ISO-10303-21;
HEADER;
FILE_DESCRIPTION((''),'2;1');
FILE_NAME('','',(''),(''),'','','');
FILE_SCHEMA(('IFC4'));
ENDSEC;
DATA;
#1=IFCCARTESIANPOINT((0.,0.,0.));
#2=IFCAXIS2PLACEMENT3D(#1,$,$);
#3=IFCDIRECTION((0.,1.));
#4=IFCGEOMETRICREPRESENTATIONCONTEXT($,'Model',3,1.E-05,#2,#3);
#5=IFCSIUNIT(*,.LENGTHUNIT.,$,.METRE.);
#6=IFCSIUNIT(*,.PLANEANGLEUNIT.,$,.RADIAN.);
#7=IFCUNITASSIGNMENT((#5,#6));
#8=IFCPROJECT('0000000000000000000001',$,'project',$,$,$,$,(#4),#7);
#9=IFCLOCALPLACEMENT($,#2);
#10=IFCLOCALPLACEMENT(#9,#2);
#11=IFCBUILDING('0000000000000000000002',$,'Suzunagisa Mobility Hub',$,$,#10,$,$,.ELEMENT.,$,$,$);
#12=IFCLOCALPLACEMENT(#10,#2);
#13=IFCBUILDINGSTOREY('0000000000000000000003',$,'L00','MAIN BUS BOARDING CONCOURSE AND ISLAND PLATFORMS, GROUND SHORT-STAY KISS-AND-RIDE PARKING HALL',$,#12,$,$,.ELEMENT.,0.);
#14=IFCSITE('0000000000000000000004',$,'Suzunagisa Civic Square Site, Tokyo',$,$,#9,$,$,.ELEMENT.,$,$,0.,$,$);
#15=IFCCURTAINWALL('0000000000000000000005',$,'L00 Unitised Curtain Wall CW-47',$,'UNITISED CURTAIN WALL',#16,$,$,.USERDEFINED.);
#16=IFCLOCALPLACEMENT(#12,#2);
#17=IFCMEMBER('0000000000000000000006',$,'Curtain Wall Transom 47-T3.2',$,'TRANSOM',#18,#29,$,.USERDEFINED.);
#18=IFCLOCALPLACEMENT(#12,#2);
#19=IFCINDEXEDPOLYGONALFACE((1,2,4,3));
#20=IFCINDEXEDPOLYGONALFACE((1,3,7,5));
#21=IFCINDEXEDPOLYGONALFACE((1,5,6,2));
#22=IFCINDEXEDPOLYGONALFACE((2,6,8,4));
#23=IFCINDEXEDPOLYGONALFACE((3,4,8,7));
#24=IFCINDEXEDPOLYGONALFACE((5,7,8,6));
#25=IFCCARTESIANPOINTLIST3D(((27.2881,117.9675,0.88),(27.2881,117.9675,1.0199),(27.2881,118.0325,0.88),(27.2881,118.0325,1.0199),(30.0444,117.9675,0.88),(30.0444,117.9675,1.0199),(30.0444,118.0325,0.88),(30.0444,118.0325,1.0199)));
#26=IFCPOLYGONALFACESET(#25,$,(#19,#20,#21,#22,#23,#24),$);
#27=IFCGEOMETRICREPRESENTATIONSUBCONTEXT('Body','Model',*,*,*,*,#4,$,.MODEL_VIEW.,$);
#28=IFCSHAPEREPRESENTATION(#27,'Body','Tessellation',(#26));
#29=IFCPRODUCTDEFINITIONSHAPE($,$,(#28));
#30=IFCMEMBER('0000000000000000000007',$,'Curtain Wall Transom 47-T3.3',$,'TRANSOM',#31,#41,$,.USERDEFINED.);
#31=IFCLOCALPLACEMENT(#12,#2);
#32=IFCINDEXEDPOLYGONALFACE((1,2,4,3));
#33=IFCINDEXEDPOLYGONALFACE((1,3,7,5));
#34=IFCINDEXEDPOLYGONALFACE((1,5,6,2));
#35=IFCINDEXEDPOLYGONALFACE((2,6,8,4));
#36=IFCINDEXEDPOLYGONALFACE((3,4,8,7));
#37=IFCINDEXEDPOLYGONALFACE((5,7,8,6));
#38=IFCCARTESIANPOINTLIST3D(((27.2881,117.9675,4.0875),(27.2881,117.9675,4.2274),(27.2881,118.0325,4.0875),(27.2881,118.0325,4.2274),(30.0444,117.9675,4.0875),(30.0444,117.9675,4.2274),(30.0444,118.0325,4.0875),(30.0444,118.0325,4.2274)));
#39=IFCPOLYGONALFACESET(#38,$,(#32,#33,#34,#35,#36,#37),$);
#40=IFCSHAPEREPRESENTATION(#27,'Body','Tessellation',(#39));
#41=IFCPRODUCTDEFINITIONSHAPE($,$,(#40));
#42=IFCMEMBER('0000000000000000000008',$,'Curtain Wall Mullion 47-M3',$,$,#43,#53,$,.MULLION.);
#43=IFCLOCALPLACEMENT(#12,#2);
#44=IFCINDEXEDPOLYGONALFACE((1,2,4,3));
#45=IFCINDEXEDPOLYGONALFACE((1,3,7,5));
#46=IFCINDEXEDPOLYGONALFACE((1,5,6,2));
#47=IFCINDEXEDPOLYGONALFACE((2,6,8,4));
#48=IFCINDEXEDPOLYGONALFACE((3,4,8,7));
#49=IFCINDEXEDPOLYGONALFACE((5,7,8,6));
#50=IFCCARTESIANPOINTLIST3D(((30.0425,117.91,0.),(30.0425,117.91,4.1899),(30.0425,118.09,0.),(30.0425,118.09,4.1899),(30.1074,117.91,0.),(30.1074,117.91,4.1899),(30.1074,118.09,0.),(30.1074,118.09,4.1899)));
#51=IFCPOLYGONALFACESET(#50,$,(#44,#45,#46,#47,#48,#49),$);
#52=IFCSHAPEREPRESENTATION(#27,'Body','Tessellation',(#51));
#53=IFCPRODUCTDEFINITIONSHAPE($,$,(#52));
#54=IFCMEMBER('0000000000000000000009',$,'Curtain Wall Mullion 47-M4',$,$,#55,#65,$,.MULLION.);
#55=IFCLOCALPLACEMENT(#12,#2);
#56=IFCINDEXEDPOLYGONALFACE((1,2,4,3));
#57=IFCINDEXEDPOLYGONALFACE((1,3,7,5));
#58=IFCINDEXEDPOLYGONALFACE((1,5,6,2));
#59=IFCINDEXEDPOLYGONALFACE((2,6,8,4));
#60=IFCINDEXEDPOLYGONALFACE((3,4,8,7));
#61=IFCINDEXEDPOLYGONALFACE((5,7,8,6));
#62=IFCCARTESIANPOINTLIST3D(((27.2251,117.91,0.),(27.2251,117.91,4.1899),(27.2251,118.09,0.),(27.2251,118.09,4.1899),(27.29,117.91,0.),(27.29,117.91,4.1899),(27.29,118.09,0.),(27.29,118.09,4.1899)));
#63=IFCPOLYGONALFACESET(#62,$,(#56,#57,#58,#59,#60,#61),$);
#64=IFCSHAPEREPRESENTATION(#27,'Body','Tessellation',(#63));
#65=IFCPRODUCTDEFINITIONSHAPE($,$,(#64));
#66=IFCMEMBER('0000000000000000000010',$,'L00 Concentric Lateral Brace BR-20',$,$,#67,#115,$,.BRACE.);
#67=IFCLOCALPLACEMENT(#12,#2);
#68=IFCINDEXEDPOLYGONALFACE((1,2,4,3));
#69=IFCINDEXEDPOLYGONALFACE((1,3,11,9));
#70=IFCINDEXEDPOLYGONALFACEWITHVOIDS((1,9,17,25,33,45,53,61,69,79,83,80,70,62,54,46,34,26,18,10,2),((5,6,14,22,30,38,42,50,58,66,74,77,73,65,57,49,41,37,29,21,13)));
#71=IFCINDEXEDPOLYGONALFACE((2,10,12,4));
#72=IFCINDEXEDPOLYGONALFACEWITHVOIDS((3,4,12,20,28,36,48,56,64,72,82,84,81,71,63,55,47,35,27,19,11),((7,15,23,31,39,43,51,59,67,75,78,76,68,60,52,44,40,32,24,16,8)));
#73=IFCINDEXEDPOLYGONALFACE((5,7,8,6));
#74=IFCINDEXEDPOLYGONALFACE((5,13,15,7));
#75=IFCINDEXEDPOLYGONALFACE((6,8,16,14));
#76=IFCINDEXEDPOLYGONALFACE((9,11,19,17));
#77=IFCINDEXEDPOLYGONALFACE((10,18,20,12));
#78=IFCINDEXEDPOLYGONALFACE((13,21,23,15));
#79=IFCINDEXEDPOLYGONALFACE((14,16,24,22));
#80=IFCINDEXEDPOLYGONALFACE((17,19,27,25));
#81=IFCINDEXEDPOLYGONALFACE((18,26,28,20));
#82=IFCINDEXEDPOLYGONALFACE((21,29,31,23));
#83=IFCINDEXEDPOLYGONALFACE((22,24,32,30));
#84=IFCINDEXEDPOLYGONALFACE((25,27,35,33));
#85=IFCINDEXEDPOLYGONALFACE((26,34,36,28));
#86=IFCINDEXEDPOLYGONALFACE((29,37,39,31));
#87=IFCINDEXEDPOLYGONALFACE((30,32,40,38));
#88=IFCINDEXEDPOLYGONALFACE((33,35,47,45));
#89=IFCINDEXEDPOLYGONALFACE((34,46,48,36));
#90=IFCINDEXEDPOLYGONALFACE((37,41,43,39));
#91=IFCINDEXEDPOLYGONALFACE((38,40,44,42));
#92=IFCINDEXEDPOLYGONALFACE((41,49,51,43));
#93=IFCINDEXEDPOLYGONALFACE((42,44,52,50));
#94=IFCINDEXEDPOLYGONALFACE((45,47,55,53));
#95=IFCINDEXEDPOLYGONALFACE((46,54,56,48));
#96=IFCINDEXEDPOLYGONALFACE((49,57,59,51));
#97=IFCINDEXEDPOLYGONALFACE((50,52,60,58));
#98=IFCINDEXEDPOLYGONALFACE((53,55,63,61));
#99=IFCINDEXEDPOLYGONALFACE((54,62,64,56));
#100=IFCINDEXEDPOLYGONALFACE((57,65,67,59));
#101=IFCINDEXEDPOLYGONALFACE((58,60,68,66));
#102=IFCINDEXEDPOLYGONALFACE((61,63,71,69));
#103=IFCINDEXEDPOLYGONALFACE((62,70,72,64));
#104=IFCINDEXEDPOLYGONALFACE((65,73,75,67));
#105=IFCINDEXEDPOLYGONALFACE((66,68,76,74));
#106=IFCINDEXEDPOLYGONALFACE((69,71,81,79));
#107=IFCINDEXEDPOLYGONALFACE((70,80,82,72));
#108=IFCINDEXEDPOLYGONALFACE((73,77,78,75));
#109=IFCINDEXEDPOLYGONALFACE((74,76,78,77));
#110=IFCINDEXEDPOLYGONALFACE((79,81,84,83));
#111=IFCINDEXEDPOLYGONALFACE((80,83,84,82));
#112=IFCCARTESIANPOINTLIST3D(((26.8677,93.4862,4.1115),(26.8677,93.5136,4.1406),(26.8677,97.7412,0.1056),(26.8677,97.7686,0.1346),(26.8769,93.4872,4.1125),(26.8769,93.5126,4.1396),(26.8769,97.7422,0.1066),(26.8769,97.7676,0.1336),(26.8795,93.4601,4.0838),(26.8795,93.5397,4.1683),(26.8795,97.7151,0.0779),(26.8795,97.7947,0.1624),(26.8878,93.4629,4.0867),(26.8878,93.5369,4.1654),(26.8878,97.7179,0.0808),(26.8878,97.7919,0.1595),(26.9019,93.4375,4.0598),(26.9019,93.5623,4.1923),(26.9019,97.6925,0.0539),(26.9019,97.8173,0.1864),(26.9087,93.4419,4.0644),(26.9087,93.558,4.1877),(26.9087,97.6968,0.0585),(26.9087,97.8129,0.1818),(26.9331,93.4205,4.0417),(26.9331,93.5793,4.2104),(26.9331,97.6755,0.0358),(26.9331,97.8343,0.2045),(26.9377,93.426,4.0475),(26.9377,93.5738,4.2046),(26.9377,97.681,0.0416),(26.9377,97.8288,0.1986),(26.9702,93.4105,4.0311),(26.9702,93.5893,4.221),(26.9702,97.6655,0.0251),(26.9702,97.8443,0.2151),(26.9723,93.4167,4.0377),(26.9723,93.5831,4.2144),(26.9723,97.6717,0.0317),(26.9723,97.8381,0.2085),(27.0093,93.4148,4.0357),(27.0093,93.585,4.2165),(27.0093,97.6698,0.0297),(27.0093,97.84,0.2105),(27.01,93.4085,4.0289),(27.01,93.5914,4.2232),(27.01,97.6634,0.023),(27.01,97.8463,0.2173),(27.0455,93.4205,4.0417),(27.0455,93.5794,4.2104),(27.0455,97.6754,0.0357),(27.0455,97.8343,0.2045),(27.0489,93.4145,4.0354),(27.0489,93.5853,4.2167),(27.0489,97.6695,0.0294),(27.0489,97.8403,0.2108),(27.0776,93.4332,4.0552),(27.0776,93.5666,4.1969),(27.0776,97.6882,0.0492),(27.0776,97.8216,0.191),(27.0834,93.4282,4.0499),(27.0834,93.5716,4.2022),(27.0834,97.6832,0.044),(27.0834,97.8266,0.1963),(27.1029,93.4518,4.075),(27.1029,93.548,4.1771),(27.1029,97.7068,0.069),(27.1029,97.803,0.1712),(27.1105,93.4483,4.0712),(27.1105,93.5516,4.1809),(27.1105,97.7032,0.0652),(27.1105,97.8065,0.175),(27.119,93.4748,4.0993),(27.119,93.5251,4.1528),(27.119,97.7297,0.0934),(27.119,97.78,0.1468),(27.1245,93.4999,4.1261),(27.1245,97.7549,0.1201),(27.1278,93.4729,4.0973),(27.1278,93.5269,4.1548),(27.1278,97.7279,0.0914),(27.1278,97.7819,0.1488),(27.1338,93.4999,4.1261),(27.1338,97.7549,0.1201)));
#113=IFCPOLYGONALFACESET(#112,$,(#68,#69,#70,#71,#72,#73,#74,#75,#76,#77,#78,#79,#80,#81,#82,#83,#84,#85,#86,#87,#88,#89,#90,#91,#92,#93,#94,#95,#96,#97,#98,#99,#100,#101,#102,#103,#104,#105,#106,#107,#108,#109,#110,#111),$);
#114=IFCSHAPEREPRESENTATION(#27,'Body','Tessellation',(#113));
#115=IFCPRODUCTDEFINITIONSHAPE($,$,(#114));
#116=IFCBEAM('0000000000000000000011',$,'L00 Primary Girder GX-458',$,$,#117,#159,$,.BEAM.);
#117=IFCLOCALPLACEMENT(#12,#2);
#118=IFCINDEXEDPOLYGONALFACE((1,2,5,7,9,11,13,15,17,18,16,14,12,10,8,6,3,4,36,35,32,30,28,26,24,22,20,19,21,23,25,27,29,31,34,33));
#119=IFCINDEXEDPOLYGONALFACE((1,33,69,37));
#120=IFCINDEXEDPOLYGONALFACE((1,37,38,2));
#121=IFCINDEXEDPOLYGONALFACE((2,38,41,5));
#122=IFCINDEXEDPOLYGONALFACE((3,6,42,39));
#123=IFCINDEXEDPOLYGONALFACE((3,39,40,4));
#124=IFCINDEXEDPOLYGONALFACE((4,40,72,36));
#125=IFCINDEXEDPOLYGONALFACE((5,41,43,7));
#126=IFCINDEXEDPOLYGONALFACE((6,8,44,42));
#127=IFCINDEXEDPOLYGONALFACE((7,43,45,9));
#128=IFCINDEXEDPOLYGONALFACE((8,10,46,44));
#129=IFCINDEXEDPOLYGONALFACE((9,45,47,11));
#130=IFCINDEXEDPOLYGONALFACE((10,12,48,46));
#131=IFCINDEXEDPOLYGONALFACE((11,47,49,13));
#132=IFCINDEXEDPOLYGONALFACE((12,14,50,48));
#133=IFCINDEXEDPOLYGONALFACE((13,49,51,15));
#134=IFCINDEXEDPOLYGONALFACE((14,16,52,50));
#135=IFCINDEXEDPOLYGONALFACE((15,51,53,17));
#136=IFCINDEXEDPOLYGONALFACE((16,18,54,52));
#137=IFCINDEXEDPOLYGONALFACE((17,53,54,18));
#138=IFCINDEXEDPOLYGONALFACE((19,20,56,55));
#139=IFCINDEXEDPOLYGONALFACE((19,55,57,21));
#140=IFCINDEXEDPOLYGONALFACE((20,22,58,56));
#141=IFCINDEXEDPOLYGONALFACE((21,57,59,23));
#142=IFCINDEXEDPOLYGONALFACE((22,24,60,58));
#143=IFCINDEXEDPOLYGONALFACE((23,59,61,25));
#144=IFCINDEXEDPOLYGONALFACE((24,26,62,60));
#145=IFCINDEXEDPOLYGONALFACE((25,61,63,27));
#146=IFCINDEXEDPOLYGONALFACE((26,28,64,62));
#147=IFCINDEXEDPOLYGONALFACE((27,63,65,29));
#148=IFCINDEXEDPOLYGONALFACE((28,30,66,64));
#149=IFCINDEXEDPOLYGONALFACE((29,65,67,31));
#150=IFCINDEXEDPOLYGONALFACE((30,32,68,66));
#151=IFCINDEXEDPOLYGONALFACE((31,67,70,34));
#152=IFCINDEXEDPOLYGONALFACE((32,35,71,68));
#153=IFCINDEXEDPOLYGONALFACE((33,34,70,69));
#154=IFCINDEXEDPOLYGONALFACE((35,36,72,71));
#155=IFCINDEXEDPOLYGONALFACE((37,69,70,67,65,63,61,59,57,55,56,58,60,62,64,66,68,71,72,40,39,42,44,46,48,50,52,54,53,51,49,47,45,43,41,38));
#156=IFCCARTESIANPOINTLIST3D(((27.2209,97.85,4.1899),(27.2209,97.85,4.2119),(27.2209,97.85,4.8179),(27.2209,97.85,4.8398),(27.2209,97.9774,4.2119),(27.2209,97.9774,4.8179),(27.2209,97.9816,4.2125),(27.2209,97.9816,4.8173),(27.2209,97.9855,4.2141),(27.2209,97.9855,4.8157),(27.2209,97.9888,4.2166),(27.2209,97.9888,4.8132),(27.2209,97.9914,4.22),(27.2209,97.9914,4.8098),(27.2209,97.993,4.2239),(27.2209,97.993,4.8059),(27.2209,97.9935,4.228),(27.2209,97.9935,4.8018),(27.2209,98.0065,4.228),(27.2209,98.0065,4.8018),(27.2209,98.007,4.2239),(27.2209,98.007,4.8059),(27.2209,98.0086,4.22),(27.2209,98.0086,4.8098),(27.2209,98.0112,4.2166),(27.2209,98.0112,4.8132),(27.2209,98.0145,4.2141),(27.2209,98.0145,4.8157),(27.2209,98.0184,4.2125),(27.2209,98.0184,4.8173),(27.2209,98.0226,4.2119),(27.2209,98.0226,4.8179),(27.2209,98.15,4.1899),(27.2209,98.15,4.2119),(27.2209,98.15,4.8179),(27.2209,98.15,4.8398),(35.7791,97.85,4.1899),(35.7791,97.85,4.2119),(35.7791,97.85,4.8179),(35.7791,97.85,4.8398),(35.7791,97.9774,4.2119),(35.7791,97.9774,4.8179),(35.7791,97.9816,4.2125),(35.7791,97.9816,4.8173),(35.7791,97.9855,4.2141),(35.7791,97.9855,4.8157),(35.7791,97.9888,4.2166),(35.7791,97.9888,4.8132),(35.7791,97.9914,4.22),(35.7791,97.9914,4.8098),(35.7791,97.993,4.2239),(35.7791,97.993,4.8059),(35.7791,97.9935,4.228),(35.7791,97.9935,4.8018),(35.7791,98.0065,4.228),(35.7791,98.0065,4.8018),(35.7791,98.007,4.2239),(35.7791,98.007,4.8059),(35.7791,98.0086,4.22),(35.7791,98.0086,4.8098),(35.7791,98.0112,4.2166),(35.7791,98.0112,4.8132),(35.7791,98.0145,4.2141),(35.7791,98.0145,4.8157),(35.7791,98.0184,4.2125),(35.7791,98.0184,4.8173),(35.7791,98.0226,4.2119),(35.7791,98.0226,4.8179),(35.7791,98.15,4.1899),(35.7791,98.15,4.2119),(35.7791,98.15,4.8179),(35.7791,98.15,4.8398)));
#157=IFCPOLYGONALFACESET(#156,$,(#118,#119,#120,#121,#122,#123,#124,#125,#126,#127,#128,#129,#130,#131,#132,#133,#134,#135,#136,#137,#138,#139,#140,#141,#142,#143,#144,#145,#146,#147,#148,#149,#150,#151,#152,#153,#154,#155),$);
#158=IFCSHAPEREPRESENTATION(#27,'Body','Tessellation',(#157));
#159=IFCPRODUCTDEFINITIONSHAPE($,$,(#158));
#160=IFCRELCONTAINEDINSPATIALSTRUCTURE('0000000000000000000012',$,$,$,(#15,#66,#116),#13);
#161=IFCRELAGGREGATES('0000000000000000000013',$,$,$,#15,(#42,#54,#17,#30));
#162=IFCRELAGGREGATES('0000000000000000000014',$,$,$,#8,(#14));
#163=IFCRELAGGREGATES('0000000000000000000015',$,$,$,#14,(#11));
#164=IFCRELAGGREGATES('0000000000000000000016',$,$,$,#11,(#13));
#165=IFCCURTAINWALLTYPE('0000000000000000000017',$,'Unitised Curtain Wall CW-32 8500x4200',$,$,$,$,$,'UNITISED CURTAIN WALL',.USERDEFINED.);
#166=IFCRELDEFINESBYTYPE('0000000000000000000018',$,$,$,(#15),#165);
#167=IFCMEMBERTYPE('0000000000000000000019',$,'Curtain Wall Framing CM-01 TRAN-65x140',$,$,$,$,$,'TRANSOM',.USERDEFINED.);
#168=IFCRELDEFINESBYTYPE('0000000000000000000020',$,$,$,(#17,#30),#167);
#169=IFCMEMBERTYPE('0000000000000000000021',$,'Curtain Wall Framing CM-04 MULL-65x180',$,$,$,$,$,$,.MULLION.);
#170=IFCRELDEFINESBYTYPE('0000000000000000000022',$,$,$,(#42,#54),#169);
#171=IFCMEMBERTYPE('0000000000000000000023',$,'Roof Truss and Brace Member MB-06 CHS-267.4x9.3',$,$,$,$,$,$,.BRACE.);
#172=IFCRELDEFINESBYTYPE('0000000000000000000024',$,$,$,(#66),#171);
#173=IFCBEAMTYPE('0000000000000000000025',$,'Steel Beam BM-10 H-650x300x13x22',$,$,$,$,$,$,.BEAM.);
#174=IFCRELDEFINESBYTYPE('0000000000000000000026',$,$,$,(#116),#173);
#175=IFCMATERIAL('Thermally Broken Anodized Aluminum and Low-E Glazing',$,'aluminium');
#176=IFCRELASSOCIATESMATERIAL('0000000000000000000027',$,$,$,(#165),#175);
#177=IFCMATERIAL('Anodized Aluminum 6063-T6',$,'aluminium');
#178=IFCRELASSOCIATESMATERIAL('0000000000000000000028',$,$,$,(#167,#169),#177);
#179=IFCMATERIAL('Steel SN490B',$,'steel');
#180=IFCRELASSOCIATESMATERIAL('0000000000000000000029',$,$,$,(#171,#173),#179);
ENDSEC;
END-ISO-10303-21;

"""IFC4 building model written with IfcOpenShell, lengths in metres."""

from ifc_helpers import new_model, si_unit, direction, frame, origin, origin_2d, place, context, subcontext, project, spatial, rectangle, hollow_circle, i_section, extrude, material, material_profile, profile_set, type_object, element, aggregate, save


model = new_model("IFC4")

# Units and contexts
model_context = context("Model", 3, precision=1e-05, world=origin(), true_north=direction((0.0, 1.0)))
body_context = subcontext(model_context, "Body", "Model", "MODEL_VIEW")
ifc_project = project(units=[si_unit("LENGTHUNIT", "METRE"), si_unit("PLANEANGLEUNIT", "RADIAN")], contexts=[model_context])

# Site, building, storey
site_placement = place(None, origin())
site = spatial("IfcSite", under=ifc_project, at=site_placement, Name="Suzunagisa Civic Square Site, Tokyo", CompositionType="ELEMENT", RefElevation=0.0)
building_placement = place(site_placement, origin())
building = spatial("IfcBuilding", under=site, at=building_placement, Name="Suzunagisa Mobility Hub", CompositionType="ELEMENT")
storey_placement = place(building_placement, origin())
storey = spatial("IfcBuildingStorey", under=building, at=storey_placement, Name="L00", Description="MAIN BUS BOARDING CONCOURSE AND ISLAND PLATFORMS, GROUND SHORT-STAY KISS-AND-RIDE PARKING HALL", CompositionType="ELEMENT", Elevation=0.0)

# Shared definitions
ifc_material_1 = material(Name="Steel SN490B", Category="steel")

# Curtain wall, members
ifc_material_2 = material(Name="Thermally Broken Anodized Aluminum and Low-E Glazing", Category="aluminium")
curtain_wall_type = type_object("IfcCurtainWallType", Name="Unitised Curtain Wall CW-32 8500x4200", ElementType="UNITISED CURTAIN WALL", PredefinedType="USERDEFINED", material=ifc_material_2)
curtain_wall_placement = place(storey_placement, origin())
curtain_wall = element("IfcCurtainWall", 1, at=curtain_wall_placement, inside=storey, type_object=curtain_wall_type, Name="L00 Unitised Curtain Wall CW-47", ObjectType="UNITISED CURTAIN WALL", PredefinedType="USERDEFINED")
ifc_material_3 = material(Name="Anodized Aluminum 6063-T6", Category="aluminium")
ifc_material_profile_1 = material_profile(ifc_material_3, rectangle(XDim=0.0649, YDim=0.1399, at=origin_2d()), Name="TRAN-65x140")
ifc_profile_set_1 = profile_set([ifc_material_profile_1], Name="Anodized Aluminum 6063-T6")
member_type_1 = type_object("IfcMemberType", Name="Curtain Wall Framing CM-01 TRAN-65x140", ElementType="TRANSOM", PredefinedType="USERDEFINED", material=ifc_profile_set_1)
member_1_placement = place(storey_placement, frame((30.0444, 118.0, 0.95), z_axis=(-1.0, 0.0, 0.0), x_axis=(0.0, -1.0, 0.0)))
member_1 = element("IfcMember", 2, at=member_1_placement, type_object=member_type_1, Name="Curtain Wall Transom 47-T3.2", ObjectType="TRANSOM", PredefinedType="USERDEFINED", context=body_context, shape_type="SweptSolid", body=[
    extrude(rectangle(XDim=0.0649, YDim=0.1399, at=origin_2d()), origin(), (0.0, 0.0, 1.0), 2.7563),
])
member_2_placement = place(storey_placement, frame((30.0444, 118.0, 4.1575), z_axis=(-1.0, 0.0, 0.0), x_axis=(0.0, -1.0, 0.0)))
member_2 = element("IfcMember", 3, at=member_2_placement, type_object=member_type_1, Name="Curtain Wall Transom 47-T3.3", ObjectType="TRANSOM", PredefinedType="USERDEFINED", context=body_context, shape_type="SweptSolid", body=[
    extrude(rectangle(XDim=0.0649, YDim=0.1399, at=origin_2d()), origin(), (0.0, 0.0, 1.0), 2.7563),
])
ifc_material_profile_2 = material_profile(ifc_material_3, rectangle(XDim=0.0649, YDim=0.1799, at=origin_2d()), Name="MULL-65x180")
ifc_profile_set_2 = profile_set([ifc_material_profile_2], Name="Anodized Aluminum 6063-T6")
member_type_2 = type_object("IfcMemberType", Name="Curtain Wall Framing CM-04 MULL-65x180", PredefinedType="MULLION", material=ifc_profile_set_2)
member_3_placement = place(storey_placement, frame((30.075, 118.0, 0.0), z_axis=(0.0, 0.0, 1.0), x_axis=(-1.0, 0.0, 0.0)))
member_3 = element("IfcMember", 4, at=member_3_placement, type_object=member_type_2, Name="Curtain Wall Mullion 47-M3", PredefinedType="MULLION", context=body_context, shape_type="SweptSolid", body=[
    extrude(rectangle(XDim=0.0649, YDim=0.1799, at=origin_2d()), origin(), (0.0, 0.0, 1.0), 4.1899),
])
member_4_placement = place(storey_placement, frame((27.2576, 118.0, 0.0), z_axis=(0.0, 0.0, 1.0), x_axis=(-1.0, 0.0, 0.0)))
member_4 = element("IfcMember", 5, at=member_4_placement, type_object=member_type_2, Name="Curtain Wall Mullion 47-M4", PredefinedType="MULLION", context=body_context, shape_type="SweptSolid", body=[
    extrude(rectangle(XDim=0.0649, YDim=0.1799, at=origin_2d()), origin(), (0.0, 0.0, 1.0), 4.1899),
])

# Member
ifc_material_profile_3 = material_profile(ifc_material_1, hollow_circle(Radius=0.1338, WallThickness=0.0093, at=origin_2d()), Name="CHS-267.4x9.3")
ifc_profile_set_3 = profile_set([ifc_material_profile_3], Name="Steel SN490B")
member_type_3 = type_object("IfcMemberType", Name="Roof Truss and Brace Member MB-06 CHS-267.4x9.3", PredefinedType="BRACE", material=ifc_profile_set_3)
member_5_placement = place(storey_placement, frame((27.0, 97.7549, 0.1201), z_axis=(0.0, -0.728092, 0.685479), x_axis=(1.0, 0.0, 0.0)))
element("IfcMember", 6, at=member_5_placement, inside=storey, type_object=member_type_3, Name="L00 Concentric Lateral Brace BR-20", PredefinedType="BRACE", context=body_context, shape_type="SweptSolid", body=[
    extrude(hollow_circle(Radius=0.1338, WallThickness=0.0093, at=origin_2d()), origin(), (0.0, 0.0, 1.0), 5.844),
])

# Beam
ifc_material_profile_4 = material_profile(ifc_material_1, i_section(OverallWidth=0.3, OverallDepth=0.6499, WebThickness=0.0129, FlangeThickness=0.022, FilletRadius=0.0161, at=origin_2d()), Name="H-650x300x13x22")
ifc_profile_set_4 = profile_set([ifc_material_profile_4], Name="Steel SN490B")
beam_type_1 = type_object("IfcBeamType", Name="Steel Beam BM-10 H-650x300x13x22", PredefinedType="BEAM", material=ifc_profile_set_4)
for number, where, z_axis, x_axis, name in (
    (7, (27.2209, 98.0, 4.5149), (1.0, 0.0, 0.0), (0.0, 1.0, 0.0), "L00 Primary Girder GX-458"),
):
    element("IfcBeam", number, at=place(storey_placement, frame(where, z_axis=z_axis, x_axis=x_axis)), inside=storey, type_object=beam_type_1, Name=name, PredefinedType="BEAM", context=body_context, shape_type="SweptSolid", body=[
        extrude(i_section(OverallWidth=0.3, OverallDepth=0.6499, WebThickness=0.0129, FlangeThickness=0.022, FilletRadius=0.0161, at=origin_2d()), origin(), (0.0, 0.0, 1.0), 8.5581),
    ])

aggregate(curtain_wall, [member_3, member_4, member_1, member_2])

save(model, "model.ifc")
